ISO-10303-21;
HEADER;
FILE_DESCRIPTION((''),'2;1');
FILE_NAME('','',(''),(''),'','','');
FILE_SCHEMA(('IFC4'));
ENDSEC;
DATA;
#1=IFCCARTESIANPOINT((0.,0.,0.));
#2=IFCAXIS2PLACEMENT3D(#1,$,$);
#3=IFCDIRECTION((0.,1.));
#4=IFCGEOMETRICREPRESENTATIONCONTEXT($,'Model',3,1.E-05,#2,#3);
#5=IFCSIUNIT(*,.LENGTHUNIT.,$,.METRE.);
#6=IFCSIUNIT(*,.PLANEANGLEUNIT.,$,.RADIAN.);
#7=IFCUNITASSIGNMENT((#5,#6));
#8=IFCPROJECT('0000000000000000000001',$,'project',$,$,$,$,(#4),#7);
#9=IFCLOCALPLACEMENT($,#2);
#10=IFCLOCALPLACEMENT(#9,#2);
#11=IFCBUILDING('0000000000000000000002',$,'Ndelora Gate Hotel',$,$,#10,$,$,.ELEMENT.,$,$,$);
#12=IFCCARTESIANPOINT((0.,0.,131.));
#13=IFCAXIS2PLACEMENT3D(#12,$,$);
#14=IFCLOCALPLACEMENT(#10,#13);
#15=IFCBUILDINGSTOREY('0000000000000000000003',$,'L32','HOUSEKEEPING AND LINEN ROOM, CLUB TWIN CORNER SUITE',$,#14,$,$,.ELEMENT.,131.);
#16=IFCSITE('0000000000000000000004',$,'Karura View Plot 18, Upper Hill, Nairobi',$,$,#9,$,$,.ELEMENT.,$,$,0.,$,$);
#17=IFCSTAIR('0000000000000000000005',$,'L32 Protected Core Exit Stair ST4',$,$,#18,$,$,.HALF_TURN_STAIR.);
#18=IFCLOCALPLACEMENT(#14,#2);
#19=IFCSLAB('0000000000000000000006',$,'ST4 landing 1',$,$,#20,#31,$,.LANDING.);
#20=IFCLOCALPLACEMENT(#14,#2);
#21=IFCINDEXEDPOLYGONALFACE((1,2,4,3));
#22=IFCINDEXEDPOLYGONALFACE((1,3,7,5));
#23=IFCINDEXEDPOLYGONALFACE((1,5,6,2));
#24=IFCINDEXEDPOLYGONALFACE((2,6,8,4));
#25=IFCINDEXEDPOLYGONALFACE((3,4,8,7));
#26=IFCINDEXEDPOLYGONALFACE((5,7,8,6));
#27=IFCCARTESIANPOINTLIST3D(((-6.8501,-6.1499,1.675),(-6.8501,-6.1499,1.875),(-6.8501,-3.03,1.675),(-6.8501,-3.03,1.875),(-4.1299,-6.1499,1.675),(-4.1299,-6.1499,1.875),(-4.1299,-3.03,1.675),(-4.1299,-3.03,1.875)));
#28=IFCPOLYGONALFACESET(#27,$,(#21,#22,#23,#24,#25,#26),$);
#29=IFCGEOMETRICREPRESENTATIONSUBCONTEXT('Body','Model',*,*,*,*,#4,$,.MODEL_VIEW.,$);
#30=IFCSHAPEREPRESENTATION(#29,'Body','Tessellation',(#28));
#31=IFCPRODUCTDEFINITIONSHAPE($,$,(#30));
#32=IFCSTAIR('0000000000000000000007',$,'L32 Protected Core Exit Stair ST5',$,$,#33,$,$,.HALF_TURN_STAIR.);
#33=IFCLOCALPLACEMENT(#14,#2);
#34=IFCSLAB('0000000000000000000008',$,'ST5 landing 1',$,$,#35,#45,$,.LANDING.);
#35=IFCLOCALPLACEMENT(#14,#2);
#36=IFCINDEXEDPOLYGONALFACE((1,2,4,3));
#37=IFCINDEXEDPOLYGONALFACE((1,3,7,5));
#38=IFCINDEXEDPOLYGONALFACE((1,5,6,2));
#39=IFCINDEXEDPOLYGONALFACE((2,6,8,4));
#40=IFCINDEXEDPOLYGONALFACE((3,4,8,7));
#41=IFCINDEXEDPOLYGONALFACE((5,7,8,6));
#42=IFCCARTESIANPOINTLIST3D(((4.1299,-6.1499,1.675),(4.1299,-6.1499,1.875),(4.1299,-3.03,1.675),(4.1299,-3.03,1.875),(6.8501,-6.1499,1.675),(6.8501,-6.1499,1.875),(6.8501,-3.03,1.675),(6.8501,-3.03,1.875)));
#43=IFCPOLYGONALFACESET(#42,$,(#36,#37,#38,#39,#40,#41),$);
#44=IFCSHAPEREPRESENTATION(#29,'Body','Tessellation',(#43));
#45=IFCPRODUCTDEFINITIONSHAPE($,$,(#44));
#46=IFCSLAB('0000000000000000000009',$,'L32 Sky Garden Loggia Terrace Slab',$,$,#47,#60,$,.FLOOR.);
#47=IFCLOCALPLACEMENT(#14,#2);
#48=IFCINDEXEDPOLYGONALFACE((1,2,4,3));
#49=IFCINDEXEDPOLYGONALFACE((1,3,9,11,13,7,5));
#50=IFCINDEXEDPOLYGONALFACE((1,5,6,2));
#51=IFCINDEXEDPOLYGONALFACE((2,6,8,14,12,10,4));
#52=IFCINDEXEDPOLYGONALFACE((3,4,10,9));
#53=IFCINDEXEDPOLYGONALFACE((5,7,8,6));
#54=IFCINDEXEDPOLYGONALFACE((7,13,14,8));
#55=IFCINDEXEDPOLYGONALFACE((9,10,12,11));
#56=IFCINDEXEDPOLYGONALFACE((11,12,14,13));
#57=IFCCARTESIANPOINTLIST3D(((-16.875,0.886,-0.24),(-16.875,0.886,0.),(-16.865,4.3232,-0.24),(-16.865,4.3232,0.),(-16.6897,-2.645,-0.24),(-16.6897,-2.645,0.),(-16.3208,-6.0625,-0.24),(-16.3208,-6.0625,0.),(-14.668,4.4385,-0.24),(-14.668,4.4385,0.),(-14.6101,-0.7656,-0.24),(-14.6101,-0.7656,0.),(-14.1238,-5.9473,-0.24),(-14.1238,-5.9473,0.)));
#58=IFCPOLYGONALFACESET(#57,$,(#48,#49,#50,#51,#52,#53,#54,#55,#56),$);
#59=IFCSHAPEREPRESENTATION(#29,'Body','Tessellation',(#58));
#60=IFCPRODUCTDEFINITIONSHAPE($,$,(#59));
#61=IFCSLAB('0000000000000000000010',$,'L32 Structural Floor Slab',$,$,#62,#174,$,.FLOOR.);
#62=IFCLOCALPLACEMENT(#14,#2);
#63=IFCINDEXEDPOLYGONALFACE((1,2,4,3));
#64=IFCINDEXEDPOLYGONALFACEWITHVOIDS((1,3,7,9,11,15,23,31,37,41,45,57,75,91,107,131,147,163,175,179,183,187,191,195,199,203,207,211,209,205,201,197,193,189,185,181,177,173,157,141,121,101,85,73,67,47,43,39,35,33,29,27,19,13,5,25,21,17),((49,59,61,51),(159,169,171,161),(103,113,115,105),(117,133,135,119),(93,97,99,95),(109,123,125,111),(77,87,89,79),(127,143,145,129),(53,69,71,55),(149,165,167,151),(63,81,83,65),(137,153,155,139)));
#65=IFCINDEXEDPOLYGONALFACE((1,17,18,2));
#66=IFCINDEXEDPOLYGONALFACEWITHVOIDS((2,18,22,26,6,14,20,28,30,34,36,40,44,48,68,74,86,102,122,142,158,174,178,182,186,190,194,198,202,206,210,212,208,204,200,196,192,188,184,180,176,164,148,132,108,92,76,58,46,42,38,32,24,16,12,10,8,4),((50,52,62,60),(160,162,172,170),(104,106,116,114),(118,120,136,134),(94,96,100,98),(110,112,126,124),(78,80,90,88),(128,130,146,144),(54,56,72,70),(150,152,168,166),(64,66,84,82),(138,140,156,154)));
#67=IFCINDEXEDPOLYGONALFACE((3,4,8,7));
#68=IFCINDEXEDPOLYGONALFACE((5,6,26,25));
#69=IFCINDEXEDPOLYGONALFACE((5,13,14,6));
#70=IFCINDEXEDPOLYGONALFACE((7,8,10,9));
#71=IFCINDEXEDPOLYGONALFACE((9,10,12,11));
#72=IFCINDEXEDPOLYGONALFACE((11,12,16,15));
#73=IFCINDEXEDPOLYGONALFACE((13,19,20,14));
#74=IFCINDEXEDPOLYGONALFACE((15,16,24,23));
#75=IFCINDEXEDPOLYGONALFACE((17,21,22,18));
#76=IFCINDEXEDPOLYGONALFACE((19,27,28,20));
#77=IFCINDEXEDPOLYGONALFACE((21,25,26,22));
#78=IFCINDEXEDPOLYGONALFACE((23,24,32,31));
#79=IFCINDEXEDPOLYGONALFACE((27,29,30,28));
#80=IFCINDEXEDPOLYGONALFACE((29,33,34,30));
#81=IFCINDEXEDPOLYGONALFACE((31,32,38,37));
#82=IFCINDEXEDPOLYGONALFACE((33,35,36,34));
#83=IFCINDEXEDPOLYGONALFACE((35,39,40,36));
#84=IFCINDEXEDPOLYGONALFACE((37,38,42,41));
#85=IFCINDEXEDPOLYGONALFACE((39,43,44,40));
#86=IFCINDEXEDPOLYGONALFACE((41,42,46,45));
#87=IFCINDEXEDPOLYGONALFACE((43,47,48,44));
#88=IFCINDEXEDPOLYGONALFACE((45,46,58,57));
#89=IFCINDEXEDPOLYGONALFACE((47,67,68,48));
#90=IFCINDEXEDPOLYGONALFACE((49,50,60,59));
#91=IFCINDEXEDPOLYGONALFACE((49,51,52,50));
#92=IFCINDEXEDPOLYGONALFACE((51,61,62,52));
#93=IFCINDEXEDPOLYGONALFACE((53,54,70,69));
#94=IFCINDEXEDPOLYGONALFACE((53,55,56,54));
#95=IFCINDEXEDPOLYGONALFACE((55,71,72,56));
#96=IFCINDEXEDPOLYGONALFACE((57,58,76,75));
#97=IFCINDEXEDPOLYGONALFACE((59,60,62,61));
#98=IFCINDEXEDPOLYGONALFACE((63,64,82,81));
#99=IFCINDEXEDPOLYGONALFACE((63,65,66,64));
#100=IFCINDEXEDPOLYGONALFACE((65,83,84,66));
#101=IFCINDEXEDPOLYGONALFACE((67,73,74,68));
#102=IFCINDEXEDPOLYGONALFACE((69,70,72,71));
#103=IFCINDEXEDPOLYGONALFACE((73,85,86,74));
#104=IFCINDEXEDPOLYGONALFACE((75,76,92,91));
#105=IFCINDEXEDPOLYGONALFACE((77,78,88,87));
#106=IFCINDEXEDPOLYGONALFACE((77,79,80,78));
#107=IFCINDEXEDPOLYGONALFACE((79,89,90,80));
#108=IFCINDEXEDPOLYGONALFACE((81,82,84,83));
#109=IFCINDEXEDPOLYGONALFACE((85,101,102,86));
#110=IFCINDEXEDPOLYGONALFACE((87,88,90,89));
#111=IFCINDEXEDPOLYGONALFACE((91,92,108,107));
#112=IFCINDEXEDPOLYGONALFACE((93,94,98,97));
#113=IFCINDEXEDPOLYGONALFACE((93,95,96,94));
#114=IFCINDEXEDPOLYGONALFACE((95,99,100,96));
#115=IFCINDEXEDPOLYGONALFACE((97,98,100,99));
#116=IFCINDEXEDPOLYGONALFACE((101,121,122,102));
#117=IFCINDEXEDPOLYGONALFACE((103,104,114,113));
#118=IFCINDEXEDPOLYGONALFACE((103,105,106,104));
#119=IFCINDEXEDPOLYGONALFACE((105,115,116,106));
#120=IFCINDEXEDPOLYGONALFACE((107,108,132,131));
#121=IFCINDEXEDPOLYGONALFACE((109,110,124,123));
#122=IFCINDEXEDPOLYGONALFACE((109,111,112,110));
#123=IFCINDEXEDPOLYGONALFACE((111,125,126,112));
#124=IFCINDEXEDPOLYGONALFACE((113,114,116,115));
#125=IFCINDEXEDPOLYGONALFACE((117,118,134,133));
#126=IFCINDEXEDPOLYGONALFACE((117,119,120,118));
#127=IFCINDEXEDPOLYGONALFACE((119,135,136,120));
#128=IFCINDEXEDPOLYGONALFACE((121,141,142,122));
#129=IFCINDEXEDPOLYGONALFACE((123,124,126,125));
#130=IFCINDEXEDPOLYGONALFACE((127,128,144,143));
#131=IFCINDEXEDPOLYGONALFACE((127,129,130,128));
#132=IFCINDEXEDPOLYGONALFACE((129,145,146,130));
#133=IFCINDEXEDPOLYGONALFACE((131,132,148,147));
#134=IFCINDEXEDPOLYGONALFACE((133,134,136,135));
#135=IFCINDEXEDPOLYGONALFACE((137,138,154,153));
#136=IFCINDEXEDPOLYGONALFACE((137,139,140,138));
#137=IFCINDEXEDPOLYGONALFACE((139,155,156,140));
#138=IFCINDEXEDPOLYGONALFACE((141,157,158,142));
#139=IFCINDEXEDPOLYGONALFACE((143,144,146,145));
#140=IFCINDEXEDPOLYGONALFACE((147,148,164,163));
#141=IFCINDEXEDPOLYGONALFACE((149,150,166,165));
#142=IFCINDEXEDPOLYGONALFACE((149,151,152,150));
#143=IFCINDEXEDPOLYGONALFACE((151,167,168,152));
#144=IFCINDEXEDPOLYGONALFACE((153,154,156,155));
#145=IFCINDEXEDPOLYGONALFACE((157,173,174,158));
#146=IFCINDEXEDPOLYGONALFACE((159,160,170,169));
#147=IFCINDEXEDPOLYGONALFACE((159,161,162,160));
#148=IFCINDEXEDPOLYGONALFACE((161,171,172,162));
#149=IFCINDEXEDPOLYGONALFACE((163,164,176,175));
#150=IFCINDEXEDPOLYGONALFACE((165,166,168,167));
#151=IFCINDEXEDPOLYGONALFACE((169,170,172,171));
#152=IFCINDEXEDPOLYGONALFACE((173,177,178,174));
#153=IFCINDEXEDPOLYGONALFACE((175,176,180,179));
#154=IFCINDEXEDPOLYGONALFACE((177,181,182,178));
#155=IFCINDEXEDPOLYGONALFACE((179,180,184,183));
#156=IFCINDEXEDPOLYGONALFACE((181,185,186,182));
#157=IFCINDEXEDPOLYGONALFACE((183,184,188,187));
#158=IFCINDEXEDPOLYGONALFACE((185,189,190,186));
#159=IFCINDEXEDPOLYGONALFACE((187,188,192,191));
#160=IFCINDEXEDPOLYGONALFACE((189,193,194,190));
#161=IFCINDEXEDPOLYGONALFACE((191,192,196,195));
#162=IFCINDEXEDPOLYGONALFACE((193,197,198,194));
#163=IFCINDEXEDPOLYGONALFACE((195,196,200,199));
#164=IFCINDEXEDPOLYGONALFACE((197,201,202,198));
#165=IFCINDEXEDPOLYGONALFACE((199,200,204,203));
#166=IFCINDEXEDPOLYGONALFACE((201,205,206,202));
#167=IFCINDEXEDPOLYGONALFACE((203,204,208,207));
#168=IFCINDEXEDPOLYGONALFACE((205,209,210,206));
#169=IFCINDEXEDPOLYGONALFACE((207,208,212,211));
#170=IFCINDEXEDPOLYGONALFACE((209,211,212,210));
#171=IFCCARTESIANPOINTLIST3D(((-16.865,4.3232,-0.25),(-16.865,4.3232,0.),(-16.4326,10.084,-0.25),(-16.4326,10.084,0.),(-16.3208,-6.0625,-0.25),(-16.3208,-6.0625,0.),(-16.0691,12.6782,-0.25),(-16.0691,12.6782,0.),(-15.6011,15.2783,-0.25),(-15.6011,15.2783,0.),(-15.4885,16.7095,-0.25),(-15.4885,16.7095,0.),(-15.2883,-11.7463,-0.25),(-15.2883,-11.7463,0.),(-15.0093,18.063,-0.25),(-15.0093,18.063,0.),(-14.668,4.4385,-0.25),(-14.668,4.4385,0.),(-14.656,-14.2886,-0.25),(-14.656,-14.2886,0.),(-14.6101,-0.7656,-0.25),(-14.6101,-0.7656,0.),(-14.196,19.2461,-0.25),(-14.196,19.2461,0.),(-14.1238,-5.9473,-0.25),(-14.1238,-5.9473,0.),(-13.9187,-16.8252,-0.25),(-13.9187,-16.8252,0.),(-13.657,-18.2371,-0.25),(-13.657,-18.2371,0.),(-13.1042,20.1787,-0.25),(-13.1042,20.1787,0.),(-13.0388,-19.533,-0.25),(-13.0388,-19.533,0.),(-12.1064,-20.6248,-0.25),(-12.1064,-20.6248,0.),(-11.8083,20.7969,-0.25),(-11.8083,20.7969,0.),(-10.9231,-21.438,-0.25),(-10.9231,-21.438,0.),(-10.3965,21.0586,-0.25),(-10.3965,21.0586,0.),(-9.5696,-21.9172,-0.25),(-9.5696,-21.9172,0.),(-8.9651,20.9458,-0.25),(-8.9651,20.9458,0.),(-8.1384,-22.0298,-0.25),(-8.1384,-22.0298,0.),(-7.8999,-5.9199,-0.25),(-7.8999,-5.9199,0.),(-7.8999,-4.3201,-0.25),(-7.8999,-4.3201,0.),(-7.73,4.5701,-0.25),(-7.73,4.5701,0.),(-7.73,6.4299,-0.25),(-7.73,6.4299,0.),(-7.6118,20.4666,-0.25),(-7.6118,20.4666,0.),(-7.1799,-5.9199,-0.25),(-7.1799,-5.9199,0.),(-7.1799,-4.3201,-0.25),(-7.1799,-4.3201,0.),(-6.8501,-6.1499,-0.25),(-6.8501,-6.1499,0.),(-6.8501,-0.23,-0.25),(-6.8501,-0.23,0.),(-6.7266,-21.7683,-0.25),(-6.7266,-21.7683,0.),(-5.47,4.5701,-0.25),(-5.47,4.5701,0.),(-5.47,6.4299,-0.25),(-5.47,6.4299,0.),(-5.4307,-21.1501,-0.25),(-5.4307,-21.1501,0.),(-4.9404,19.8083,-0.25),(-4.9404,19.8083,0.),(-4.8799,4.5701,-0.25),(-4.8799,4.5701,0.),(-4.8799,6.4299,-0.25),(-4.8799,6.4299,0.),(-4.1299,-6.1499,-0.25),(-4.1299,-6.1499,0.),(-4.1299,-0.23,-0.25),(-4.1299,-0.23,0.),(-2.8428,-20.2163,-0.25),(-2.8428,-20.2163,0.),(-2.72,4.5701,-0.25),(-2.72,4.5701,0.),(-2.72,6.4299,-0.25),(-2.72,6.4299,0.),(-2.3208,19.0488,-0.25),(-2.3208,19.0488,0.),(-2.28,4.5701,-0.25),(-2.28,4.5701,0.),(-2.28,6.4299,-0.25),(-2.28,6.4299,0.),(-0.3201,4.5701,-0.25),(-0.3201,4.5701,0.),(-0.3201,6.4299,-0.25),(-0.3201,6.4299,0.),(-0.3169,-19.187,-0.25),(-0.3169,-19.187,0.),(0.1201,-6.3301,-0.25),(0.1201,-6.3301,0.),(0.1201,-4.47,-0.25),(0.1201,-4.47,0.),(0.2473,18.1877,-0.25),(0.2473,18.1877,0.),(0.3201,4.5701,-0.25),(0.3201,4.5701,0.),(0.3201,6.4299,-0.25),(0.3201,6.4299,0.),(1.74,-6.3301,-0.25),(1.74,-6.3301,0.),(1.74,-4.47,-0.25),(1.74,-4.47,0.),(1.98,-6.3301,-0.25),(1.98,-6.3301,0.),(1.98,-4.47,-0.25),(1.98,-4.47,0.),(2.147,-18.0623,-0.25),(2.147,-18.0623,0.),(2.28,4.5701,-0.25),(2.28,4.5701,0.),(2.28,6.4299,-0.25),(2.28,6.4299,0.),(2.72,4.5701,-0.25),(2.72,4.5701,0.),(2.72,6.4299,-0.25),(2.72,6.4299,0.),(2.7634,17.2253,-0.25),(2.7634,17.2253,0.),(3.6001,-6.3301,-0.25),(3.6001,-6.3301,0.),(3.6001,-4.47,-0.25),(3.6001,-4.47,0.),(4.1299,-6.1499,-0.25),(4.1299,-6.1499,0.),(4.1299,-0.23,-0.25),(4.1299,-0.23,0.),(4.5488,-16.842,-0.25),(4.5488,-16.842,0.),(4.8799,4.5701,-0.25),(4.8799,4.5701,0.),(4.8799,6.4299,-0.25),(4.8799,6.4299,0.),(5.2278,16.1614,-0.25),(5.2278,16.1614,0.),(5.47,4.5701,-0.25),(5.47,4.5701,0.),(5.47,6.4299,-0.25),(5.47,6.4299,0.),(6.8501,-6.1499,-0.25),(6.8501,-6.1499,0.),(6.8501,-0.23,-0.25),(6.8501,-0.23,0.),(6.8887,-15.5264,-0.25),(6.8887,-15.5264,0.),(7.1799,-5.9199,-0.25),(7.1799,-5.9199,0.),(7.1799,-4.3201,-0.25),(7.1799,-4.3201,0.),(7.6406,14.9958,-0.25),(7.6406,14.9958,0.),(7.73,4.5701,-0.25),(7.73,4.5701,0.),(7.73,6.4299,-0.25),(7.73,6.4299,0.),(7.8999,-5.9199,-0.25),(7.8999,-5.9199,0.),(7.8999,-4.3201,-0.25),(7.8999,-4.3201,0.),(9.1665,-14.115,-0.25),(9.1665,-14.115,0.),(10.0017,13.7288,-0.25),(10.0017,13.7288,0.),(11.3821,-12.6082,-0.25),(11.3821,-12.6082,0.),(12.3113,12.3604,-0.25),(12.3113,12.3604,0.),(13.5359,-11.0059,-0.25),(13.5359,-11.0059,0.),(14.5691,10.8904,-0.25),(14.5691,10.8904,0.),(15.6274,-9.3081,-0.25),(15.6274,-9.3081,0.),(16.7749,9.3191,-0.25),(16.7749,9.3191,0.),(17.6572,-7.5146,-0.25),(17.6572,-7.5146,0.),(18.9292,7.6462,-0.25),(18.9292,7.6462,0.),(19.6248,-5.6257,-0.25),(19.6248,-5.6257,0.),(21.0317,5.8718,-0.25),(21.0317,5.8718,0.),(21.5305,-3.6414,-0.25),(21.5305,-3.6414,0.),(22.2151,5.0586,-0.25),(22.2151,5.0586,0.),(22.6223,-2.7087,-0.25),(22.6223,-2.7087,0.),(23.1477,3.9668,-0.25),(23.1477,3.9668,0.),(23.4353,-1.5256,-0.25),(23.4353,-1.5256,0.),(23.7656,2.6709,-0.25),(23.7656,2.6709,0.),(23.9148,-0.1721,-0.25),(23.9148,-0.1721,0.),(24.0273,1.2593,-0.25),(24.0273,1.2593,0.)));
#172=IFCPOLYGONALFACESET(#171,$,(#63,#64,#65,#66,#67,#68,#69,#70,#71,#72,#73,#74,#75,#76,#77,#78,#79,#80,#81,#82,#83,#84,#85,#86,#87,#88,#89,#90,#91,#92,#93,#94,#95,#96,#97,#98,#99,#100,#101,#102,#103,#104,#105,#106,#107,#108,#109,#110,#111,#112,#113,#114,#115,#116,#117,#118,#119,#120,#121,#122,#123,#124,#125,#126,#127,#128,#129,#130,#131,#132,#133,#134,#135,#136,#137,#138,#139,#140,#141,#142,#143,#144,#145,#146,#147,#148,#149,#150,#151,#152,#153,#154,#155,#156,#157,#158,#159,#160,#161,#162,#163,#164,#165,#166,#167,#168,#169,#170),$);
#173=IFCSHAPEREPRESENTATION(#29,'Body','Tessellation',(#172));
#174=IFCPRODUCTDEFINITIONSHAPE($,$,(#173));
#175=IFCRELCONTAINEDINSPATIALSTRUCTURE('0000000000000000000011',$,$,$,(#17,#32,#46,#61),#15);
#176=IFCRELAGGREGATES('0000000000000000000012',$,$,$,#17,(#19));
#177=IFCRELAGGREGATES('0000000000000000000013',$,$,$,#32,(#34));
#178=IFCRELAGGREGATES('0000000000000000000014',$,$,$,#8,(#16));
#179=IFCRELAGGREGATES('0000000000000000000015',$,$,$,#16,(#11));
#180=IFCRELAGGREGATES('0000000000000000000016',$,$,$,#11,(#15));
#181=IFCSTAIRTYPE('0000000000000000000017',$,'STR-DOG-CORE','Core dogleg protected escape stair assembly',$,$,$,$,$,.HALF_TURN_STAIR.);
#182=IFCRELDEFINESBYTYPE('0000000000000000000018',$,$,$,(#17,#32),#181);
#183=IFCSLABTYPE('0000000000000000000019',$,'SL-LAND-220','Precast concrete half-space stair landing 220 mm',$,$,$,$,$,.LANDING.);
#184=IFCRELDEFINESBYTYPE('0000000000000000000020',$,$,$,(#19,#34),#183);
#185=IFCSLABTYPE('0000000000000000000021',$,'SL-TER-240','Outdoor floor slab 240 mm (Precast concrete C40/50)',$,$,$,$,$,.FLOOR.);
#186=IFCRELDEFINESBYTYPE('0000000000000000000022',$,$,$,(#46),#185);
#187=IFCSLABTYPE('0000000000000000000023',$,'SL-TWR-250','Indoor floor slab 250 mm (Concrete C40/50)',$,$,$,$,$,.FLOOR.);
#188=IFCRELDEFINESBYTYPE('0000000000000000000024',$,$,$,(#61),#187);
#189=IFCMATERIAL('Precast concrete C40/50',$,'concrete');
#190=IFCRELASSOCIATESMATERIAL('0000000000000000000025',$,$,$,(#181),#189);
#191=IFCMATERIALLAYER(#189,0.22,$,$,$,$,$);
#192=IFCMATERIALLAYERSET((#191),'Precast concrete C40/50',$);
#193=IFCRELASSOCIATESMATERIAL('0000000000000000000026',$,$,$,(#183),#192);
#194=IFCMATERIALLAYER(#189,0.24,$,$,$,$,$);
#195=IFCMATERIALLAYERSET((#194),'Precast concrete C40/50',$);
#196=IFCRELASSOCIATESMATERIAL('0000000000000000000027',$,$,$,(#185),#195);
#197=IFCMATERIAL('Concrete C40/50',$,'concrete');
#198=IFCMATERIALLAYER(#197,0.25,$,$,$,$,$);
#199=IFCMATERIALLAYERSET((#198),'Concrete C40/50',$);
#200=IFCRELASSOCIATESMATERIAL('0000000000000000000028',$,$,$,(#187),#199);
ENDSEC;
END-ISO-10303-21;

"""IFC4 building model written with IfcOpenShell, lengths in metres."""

from ifc_helpers import new_model, si_unit, direction, frame, origin, place, context, subcontext, project, spatial, polyline, outline, extrude, material, layer, layer_set, type_object, element, aggregate, save


model = new_model("IFC4")

# Units and contexts
model_context = context("Model", 3, precision=1e-05, world=origin(), true_north=direction((0.0, 1.0)))
body_context = subcontext(model_context, "Body", "Model", "MODEL_VIEW")
ifc_project = project(units=[si_unit("LENGTHUNIT", "METRE"), si_unit("PLANEANGLEUNIT", "RADIAN")], contexts=[model_context])

# Site, building, storey
site_placement = place(None, origin())
site = spatial("IfcSite", under=ifc_project, at=site_placement, Name="Karura View Plot 18, Upper Hill, Nairobi", CompositionType="ELEMENT", RefElevation=0.0)
building_placement = place(site_placement, origin())
building = spatial("IfcBuilding", under=site, at=building_placement, Name="Ndelora Gate Hotel", CompositionType="ELEMENT")
storey_placement = place(building_placement, frame((0.0, 0.0, 131.0)))
storey = spatial("IfcBuildingStorey", under=building, at=storey_placement, Name="L32", Description="HOUSEKEEPING AND LINEN ROOM, CLUB TWIN CORNER SUITE", CompositionType="ELEMENT", Elevation=131.0)

# Stairs, slabs
ifc_material_1 = material(Name="Precast concrete C40/50", Category="concrete")
stair_type = type_object("IfcStairType", Name="STR-DOG-CORE", Description="Core dogleg protected escape stair assembly", PredefinedType="HALF_TURN_STAIR", material=ifc_material_1)
stair_1_placement = place(storey_placement, origin())
stair_1 = element("IfcStair", 1, at=stair_1_placement, inside=storey, type_object=stair_type, Name="L32 Protected Core Exit Stair ST4", PredefinedType="HALF_TURN_STAIR")
ifc_layer_1 = layer(ifc_material_1, 0.22)
ifc_layer_set_1 = layer_set([ifc_layer_1], Name="Precast concrete C40/50")
slab_type_1 = type_object("IfcSlabType", Name="SL-LAND-220", Description="Precast concrete half-space stair landing 220 mm", PredefinedType="LANDING", material=ifc_layer_set_1)
slab_1_placement = place(storey_placement, frame((0.0, 0.0, 1.675)))
slab_1 = element("IfcSlab", 2, at=slab_1_placement, type_object=slab_type_1, Name="ST4 landing 1", PredefinedType="LANDING", context=body_context, shape_type="SweptSolid", body=[
    extrude(outline(polyline([(-6.8501, -3.03), (-6.8501, -6.1499), (-4.1299, -6.1499), (-4.1299, -3.03), (-6.8501, -3.03)])), origin(), (0.0, 0.0, 1.0), 0.2),
])
aggregate(stair_1, [slab_1])
stair_2_placement = place(storey_placement, origin())
stair_2 = element("IfcStair", 3, at=stair_2_placement, inside=storey, type_object=stair_type, Name="L32 Protected Core Exit Stair ST5", PredefinedType="HALF_TURN_STAIR")
slab_2_placement = place(storey_placement, frame((0.0, 0.0, 1.675)))
slab_2 = element("IfcSlab", 4, at=slab_2_placement, type_object=slab_type_1, Name="ST5 landing 1", PredefinedType="LANDING", context=body_context, shape_type="SweptSolid", body=[
    extrude(outline(polyline([(4.1299, -3.03), (4.1299, -6.1499), (6.8501, -6.1499), (6.8501, -3.03), (4.1299, -3.03)])), origin(), (0.0, 0.0, 1.0), 0.2),
])
aggregate(stair_2, [slab_2])

# Slabs
ifc_layer_2 = layer(ifc_material_1, 0.24)
ifc_layer_set_2 = layer_set([ifc_layer_2], Name="Precast concrete C40/50")
slab_type_2 = type_object("IfcSlabType", Name="SL-TER-240", Description="Outdoor floor slab 240 mm (Precast concrete C40/50)", PredefinedType="FLOOR", material=ifc_layer_set_2)
slab_3_placement = place(storey_placement, frame((0.0, 0.0, -0.24)))
element("IfcSlab", 5, at=slab_3_placement, inside=storey, type_object=slab_type_2, Name="L32 Sky Garden Loggia Terrace Slab", PredefinedType="FLOOR", context=body_context, shape_type="SweptSolid", body=[
    extrude(outline(polyline([(-14.668, 4.4385), (-16.865, 4.3232), (-16.875, 0.886), (-16.6897, -2.645), (-16.3208, -6.0625), (-14.1238, -5.9473), (-14.6101, -0.7656), (-14.668, 4.4385)])), origin(), (0.0, 0.0, 1.0), 0.24),
])
ifc_material_2 = material(Name="Concrete C40/50", Category="concrete")
ifc_layer_3 = layer(ifc_material_2, 0.25)
ifc_layer_set_3 = layer_set([ifc_layer_3], Name="Concrete C40/50")
slab_type_3 = type_object("IfcSlabType", Name="SL-TWR-250", Description="Indoor floor slab 250 mm (Concrete C40/50)", PredefinedType="FLOOR", material=ifc_layer_set_3)
slab_4_placement = place(storey_placement, frame((0.0, 0.0, -0.25)))
element("IfcSlab", 6, at=slab_4_placement, inside=storey, type_object=slab_type_3, Name="L32 Structural Floor Slab", PredefinedType="FLOOR", context=body_context, shape_type="SweptSolid", body=[
    extrude(outline(polyline([(-7.6118, 20.4666), (-8.9651, 20.9458), (-10.3965, 21.0586), (-11.8083, 20.7969), (-13.1042, 20.1787), (-14.196, 19.2461), (-15.0093, 18.063), (-15.4885, 16.7095), (-15.6011, 15.2783), (-16.0691, 12.6782), (-16.4326, 10.084), (-16.865, 4.3232), (-14.668, 4.4385), (-14.6101, -0.7656), (-14.1238, -5.9473), (-16.3208, -6.0625), (-15.2883, -11.7463), (-14.656, -14.2886), (-13.9187, -16.8252), (-13.657, -18.2371), (-13.0388, -19.533), (-12.1064, -20.6248), (-10.9231, -21.438), (-9.5696, -21.9172), (-8.1384, -22.0298), (-6.7266, -21.7683), (-5.4307, -21.1501), (-2.8428, -20.2163), (-0.3169, -19.187), (2.147, -18.0623), (4.5488, -16.842), (6.8887, -15.5264), (9.1665, -14.115), (11.3821, -12.6082), (13.5359, -11.0059), (15.6274, -9.3081), (17.6572, -7.5146), (19.6248, -5.6257), (21.5305, -3.6414), (22.6223, -2.7087), (23.4353, -1.5256), (23.9148, -0.1721), (24.0273, 1.2593), (23.7656, 2.6709), (23.1477, 3.9668), (22.2151, 5.0586), (21.0317, 5.8718), (18.9292, 7.6462), (16.7749, 9.3191), (14.5691, 10.8904), (12.3113, 12.3604), (10.0017, 13.7288), (7.6406, 14.9958), (5.2278, 16.1614), (2.7634, 17.2253), (0.2473, 18.1877), (-2.3208, 19.0488), (-4.9404, 19.8083), (-7.6118, 20.4666)]), holes=[polyline([(-6.8501, -0.23), (-6.8501, -6.1499), (-4.1299, -6.1499), (-4.1299, -0.23), (-6.8501, -0.23)]), polyline([(4.1299, -0.23), (4.1299, -6.1499), (6.8501, -6.1499), (6.8501, -0.23), (4.1299, -0.23)]), polyline([(-7.73, 4.5701), (-5.47, 4.5701), (-5.47, 6.4299), (-7.73, 6.4299), (-7.73, 4.5701)]), polyline([(5.47, 4.5701), (7.73, 4.5701), (7.73, 6.4299), (5.47, 6.4299), (5.47, 4.5701)]), polyline([(-4.8799, 4.5701), (-2.72, 4.5701), (-2.72, 6.4299), (-4.8799, 6.4299), (-4.8799, 4.5701)]), polyline([(2.72, 4.5701), (4.8799, 4.5701), (4.8799, 6.4299), (2.72, 6.4299), (2.72, 4.5701)]), polyline([(0.1201, -6.3301), (1.74, -6.3301), (1.74, -4.47), (0.1201, -4.47), (0.1201, -6.3301)]), polyline([(1.98, -6.3301), (3.6001, -6.3301), (3.6001, -4.47), (1.98, -4.47), (1.98, -6.3301)]), polyline([(-2.28, 4.5701), (-0.3201, 4.5701), (-0.3201, 6.4299), (-2.28, 6.4299), (-2.28, 4.5701)]), polyline([(0.3201, 4.5701), (2.28, 4.5701), (2.28, 6.4299), (0.3201, 6.4299), (0.3201, 4.5701)]), polyline([(-7.8999, -5.9199), (-7.1799, -5.9199), (-7.1799, -4.3201), (-7.8999, -4.3201), (-7.8999, -5.9199)]), polyline([(7.1799, -5.9199), (7.8999, -5.9199), (7.8999, -4.3201), (7.1799, -4.3201), (7.1799, -5.9199)])]), origin(), (0.0, 0.0, 1.0), 0.25),
])

save(model, "model.ifc")
